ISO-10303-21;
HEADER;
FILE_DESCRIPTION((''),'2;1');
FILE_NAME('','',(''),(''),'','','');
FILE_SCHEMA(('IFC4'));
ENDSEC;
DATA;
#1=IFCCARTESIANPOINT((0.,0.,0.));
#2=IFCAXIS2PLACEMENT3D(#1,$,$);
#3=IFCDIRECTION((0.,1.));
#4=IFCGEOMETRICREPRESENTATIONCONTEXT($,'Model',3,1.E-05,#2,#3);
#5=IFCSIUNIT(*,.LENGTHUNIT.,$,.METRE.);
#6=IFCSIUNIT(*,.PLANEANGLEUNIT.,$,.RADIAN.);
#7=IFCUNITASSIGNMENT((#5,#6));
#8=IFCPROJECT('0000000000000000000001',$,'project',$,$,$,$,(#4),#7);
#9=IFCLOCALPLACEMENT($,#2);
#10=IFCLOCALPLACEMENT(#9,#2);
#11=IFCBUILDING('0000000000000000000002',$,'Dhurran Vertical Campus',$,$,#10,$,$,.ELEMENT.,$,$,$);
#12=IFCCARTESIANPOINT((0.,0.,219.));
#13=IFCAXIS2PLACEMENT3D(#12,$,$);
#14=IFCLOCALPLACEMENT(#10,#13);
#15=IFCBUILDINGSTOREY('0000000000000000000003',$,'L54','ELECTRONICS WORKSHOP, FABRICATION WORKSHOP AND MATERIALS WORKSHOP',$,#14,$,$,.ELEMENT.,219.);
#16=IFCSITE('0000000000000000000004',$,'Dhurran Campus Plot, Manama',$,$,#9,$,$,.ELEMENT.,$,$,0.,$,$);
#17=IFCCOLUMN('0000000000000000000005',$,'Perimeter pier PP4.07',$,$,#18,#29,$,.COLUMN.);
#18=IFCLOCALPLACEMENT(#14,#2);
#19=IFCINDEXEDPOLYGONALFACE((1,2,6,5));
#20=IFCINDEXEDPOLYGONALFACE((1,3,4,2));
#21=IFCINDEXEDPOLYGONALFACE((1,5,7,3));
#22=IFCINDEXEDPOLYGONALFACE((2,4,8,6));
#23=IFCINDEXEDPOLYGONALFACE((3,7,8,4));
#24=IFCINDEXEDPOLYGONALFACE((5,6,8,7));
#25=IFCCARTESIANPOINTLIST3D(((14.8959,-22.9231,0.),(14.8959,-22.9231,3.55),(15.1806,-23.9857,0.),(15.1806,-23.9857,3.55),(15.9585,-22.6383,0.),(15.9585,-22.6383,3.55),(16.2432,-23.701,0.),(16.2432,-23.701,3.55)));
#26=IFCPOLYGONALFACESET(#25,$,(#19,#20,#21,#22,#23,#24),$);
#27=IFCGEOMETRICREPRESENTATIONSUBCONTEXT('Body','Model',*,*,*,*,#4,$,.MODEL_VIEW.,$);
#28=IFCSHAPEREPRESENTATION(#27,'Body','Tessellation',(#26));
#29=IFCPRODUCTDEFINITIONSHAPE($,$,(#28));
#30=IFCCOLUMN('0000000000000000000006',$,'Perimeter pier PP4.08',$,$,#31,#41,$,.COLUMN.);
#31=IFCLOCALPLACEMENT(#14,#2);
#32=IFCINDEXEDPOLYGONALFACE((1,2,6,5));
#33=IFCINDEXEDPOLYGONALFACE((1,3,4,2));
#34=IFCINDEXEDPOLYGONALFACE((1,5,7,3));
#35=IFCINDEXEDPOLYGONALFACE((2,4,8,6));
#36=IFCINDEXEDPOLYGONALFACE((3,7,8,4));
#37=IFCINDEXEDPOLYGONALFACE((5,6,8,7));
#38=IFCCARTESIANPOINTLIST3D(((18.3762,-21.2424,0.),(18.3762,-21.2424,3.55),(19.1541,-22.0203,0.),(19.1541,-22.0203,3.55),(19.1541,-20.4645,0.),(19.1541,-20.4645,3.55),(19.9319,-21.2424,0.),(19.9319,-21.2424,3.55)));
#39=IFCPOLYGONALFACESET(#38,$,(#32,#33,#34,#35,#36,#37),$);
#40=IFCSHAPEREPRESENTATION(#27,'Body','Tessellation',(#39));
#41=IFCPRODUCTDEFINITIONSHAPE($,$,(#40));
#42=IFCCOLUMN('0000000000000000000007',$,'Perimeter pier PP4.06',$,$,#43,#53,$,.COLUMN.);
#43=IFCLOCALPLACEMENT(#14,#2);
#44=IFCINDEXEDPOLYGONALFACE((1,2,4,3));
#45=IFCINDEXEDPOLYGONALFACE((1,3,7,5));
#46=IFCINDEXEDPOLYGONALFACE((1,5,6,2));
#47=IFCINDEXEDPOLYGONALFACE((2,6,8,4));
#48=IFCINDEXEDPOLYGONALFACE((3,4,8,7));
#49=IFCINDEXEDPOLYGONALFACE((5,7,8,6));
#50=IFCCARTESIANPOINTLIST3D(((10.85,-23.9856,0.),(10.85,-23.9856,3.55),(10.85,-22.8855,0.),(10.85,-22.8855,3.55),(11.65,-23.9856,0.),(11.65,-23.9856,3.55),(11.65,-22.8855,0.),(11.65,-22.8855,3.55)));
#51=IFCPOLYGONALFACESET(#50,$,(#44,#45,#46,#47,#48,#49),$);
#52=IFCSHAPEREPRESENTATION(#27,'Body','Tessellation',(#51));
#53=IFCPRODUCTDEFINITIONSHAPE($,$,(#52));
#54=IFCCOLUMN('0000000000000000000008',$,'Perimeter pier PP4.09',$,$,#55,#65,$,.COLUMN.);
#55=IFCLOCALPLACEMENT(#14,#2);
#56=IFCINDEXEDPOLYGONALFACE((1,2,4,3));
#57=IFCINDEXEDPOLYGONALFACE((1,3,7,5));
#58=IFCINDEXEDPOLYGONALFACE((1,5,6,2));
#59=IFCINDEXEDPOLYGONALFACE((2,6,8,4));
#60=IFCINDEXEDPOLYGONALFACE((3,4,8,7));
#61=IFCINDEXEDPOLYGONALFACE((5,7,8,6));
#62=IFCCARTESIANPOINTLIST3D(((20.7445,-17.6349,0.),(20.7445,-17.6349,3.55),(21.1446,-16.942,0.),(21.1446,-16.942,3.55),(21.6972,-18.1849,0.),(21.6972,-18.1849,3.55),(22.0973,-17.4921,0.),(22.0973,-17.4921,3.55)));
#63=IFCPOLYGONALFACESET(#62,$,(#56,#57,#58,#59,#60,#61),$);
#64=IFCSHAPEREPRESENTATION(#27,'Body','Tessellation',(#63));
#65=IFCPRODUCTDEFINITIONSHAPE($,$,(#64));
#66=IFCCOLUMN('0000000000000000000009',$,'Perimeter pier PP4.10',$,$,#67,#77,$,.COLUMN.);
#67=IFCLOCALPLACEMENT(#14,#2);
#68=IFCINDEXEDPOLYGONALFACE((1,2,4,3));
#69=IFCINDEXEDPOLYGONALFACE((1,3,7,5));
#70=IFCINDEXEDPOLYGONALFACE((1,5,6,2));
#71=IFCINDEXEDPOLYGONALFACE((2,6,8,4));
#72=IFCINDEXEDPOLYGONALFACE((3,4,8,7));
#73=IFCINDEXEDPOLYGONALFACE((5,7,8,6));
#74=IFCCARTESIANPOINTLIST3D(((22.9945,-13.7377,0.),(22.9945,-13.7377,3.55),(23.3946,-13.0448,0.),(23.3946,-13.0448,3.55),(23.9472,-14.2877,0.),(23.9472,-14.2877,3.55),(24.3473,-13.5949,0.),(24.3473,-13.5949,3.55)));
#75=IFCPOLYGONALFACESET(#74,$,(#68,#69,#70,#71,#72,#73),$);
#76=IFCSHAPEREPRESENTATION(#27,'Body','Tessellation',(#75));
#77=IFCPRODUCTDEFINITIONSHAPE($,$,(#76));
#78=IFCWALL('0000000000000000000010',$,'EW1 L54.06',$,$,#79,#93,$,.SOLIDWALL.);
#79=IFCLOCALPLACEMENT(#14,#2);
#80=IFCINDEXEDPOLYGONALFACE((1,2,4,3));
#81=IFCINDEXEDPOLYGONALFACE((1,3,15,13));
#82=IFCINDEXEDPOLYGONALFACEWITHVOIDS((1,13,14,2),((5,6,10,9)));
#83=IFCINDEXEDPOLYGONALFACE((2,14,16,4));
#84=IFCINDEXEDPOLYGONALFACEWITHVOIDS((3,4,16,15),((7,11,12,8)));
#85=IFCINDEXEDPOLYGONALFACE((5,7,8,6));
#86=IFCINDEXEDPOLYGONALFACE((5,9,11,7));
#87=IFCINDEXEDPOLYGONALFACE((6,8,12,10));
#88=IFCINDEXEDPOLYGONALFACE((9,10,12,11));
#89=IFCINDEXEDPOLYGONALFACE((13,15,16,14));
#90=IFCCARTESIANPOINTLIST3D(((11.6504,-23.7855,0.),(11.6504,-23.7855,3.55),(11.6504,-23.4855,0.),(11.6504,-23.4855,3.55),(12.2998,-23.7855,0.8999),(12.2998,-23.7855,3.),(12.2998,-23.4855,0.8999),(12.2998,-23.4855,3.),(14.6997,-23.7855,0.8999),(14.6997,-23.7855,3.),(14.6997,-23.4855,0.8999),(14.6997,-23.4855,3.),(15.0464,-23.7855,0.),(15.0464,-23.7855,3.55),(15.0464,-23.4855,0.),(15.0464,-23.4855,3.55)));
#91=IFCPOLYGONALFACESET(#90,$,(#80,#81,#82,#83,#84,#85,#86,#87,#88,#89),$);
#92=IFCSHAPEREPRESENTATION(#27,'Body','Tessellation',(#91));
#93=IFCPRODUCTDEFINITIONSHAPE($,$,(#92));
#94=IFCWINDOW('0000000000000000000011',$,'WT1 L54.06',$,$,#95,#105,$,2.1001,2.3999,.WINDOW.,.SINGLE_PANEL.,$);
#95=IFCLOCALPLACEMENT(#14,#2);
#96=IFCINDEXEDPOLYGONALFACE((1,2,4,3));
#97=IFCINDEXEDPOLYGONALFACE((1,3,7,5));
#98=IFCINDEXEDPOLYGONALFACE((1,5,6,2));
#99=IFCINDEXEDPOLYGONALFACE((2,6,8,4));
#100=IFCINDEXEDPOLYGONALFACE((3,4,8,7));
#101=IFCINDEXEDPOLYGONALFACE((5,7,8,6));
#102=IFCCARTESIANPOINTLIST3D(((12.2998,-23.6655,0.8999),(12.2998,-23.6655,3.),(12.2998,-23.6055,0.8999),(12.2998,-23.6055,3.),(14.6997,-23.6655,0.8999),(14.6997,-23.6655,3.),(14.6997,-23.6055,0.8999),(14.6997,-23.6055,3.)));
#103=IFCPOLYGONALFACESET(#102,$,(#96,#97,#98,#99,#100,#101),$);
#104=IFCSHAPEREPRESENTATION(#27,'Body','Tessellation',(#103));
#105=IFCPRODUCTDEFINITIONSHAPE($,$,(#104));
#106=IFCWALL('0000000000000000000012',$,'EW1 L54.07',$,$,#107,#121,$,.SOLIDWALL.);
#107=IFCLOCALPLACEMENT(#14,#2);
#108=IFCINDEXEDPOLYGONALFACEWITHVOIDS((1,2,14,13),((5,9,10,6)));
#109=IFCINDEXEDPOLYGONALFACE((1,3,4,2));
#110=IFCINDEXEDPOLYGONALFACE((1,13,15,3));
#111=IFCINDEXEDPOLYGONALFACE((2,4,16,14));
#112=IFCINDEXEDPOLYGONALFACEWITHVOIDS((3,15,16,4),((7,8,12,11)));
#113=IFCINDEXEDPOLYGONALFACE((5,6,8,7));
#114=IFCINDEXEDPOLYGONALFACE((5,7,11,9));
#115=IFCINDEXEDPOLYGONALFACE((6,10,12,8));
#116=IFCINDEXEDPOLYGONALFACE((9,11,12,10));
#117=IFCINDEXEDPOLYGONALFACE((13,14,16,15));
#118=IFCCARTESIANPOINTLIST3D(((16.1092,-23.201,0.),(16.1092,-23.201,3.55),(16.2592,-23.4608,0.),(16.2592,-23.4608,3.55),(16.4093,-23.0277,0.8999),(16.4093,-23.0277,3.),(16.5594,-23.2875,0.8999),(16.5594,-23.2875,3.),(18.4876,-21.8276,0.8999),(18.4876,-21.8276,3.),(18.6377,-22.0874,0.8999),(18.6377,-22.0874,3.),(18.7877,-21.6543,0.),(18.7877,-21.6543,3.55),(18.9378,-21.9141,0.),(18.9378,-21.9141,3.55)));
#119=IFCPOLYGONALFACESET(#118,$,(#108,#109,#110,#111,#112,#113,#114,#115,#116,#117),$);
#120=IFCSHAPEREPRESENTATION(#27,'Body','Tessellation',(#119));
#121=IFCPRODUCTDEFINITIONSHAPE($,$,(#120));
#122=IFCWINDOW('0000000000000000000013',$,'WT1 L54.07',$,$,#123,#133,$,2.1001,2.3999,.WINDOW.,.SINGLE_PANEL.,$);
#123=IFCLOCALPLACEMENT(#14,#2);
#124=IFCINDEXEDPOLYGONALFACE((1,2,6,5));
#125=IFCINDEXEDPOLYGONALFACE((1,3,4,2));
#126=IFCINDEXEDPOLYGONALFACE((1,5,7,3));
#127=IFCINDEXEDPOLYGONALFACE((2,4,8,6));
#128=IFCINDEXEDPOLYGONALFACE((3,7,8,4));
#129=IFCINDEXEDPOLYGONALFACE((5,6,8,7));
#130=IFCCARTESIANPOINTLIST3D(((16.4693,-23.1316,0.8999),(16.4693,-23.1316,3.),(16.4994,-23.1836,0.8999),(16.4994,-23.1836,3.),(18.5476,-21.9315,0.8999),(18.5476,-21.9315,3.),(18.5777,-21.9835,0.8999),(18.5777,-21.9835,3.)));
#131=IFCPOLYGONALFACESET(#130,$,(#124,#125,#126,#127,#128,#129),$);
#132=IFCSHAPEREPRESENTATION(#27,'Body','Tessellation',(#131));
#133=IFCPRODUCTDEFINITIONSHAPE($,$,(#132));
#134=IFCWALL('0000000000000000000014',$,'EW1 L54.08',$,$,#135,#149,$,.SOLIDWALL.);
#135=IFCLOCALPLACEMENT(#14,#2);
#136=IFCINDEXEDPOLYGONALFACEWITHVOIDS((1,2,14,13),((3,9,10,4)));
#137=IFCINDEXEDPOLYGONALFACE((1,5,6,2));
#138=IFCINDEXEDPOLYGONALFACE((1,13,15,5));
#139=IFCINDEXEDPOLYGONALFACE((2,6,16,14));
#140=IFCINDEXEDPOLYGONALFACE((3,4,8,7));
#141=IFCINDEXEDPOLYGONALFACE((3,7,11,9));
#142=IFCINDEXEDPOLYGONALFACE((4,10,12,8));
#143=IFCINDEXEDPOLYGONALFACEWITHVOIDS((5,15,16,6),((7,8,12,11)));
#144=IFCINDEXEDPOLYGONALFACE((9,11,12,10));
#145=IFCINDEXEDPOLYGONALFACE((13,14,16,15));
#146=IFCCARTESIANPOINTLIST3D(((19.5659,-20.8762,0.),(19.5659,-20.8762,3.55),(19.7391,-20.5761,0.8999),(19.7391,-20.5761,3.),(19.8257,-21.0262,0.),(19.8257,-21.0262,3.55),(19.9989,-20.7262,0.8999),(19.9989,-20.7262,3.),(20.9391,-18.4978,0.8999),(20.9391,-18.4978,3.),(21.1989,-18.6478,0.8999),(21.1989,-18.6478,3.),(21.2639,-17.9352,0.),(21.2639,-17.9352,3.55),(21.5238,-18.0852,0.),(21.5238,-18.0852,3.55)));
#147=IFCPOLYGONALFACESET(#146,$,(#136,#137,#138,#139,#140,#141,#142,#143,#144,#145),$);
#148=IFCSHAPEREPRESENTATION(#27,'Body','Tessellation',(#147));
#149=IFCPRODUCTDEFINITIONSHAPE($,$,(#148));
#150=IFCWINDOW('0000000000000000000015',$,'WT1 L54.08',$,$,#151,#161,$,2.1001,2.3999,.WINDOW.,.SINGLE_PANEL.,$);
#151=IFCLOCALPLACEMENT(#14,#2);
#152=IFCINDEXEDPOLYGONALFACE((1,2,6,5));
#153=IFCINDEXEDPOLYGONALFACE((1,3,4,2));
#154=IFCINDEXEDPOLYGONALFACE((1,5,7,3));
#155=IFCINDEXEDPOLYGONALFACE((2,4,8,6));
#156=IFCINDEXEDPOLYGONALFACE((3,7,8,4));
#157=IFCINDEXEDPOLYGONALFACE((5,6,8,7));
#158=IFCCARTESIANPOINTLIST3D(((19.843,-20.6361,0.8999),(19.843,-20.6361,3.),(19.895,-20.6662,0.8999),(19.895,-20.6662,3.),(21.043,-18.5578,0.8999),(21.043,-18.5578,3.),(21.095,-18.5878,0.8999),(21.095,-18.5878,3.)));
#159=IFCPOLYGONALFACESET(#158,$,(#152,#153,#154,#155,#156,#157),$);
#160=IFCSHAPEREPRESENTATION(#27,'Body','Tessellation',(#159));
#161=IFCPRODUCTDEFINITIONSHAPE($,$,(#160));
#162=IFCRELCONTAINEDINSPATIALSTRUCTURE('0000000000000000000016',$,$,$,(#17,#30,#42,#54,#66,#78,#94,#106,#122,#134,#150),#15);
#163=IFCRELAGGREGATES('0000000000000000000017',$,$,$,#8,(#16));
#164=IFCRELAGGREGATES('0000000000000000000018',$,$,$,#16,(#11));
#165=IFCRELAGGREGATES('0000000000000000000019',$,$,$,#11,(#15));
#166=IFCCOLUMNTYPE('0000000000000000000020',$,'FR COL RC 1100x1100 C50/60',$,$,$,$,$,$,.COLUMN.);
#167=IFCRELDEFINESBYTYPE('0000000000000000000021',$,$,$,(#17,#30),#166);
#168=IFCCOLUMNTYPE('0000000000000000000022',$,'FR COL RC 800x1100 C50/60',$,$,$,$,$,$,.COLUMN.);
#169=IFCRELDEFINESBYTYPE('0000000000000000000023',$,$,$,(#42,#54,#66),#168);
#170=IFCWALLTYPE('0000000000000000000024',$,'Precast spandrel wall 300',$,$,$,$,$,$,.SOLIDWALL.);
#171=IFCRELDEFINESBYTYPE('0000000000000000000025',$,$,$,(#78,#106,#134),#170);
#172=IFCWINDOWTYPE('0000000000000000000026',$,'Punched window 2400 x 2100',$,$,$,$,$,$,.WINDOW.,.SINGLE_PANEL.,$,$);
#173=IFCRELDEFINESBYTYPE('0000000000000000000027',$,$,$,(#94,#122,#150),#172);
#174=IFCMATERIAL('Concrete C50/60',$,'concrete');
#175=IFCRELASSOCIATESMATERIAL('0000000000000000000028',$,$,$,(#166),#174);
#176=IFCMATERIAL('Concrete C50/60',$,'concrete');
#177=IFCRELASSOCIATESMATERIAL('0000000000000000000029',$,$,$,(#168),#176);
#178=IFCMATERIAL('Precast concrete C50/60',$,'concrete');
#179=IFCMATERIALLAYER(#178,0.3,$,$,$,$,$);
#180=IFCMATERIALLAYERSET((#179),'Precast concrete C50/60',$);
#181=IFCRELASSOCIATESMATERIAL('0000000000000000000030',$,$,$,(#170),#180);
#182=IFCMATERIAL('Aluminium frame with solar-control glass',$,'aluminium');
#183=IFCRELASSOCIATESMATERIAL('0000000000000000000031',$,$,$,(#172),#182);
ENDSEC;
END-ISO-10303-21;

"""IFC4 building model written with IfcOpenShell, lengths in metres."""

from ifc_helpers import new_model, si_unit, direction, frame, frame_2d, origin, origin_2d, place, context, subcontext, project, spatial, rectangle, extrude, material, layer, layer_set, material_profile, profile_set, type_object, element, fill, save


model = new_model("IFC4")

# Units and contexts
model_context = context("Model", 3, precision=1e-05, world=origin(), true_north=direction((0.0, 1.0)))
body_context = subcontext(model_context, "Body", "Model", "MODEL_VIEW")
ifc_project = project(units=[si_unit("LENGTHUNIT", "METRE"), si_unit("PLANEANGLEUNIT", "RADIAN")], contexts=[model_context])

# Site, building, storey
site_placement = place(None, origin())
site = spatial("IfcSite", under=ifc_project, at=site_placement, Name="Dhurran Campus Plot, Manama", CompositionType="ELEMENT", RefElevation=0.0)
building_placement = place(site_placement, origin())
building = spatial("IfcBuilding", under=site, at=building_placement, Name="Dhurran Vertical Campus", CompositionType="ELEMENT")
storey_placement = place(building_placement, frame((0.0, 0.0, 219.0)))
storey = spatial("IfcBuildingStorey", under=building, at=storey_placement, Name="L54", Description="ELECTRONICS WORKSHOP, FABRICATION WORKSHOP AND MATERIALS WORKSHOP", CompositionType="ELEMENT", Elevation=219.0)

# Columns
ifc_material_1 = material(Name="Concrete C50/60", Category="concrete")
ifc_material_profile_1 = material_profile(ifc_material_1, rectangle(XDim=1.1001, YDim=1.1001, at=origin_2d()), Name="RC 1100x1100")
ifc_profile_set_1 = profile_set([ifc_material_profile_1], Name="Concrete C50/60")
column_type_1 = type_object("IfcColumnType", Name="FR COL RC 1100x1100 C50/60", PredefinedType="COLUMN", material=ifc_profile_set_1)
for number, where, z_axis, x_axis, name in (
    (1, (15.5696, -23.312, 0.0), (0.0, 0.0, 1.0), (0.965926, 0.258819, 0.0), "Perimeter pier PP4.07"),
    (2, (19.1541, -21.2424, 0.0), (0.0, 0.0, 1.0), (0.707107, 0.707107, 0.0), "Perimeter pier PP4.08"),
):
    element("IfcColumn", number, at=place(storey_placement, frame(where, z_axis=z_axis, x_axis=x_axis)), inside=storey, type_object=column_type_1, Name=name, PredefinedType="COLUMN", context=body_context, shape_type="SweptSolid", body=[
        extrude(rectangle(XDim=1.1001, YDim=1.1001, at=origin_2d()), origin(), (0.0, 0.0, 1.0), 3.55),
    ])
ifc_material_2 = material(Name="Concrete C50/60", Category="concrete")
ifc_material_profile_2 = material_profile(ifc_material_2, rectangle(XDim=0.8, YDim=1.1001, at=origin_2d()), Name="RC 800x1100")
ifc_profile_set_2 = profile_set([ifc_material_profile_2], Name="Concrete C50/60")
column_type_2 = type_object("IfcColumnType", Name="FR COL RC 800x1100 C50/60", PredefinedType="COLUMN", material=ifc_profile_set_2)
for number, where, z_axis, x_axis, name in (
    (3, (11.25, -23.4355, 0.0), (0.0, 0.0, 1.0), (1.0, 0.0, 0.0), "Perimeter pier PP4.06"),
    (4, (21.4209, -17.5635, 0.0), (0.0, 0.0, 1.0), (0.5, 0.866025, 0.0), "Perimeter pier PP4.09"),
    (5, (23.6709, -13.6663, 0.0), (0.0, 0.0, 1.0), (0.5, 0.866025, 0.0), "Perimeter pier PP4.10"),
):
    element("IfcColumn", number, at=place(storey_placement, frame(where, z_axis=z_axis, x_axis=x_axis)), inside=storey, type_object=column_type_2, Name=name, PredefinedType="COLUMN", context=body_context, shape_type="SweptSolid", body=[
        extrude(rectangle(XDim=0.8, YDim=1.1001, at=origin_2d()), origin(), (0.0, 0.0, 1.0), 3.55),
    ])

# Walls, openings, windows
ifc_material_3 = material(Name="Precast concrete C50/60", Category="concrete")
ifc_layer_1 = layer(ifc_material_3, 0.3)
ifc_layer_set_1 = layer_set([ifc_layer_1], Name="Precast concrete C50/60")
wall_type_1 = type_object("IfcWallType", Name="Precast spandrel wall 300", PredefinedType="SOLIDWALL", material=ifc_layer_set_1)
wall_1_placement = place(storey_placement, frame((11.6504, -23.6355, 0.0), z_axis=(0.0, 0.0, 1.0), x_axis=(1.0, 0.0, 0.0)))
wall_1 = element("IfcWall", 6, at=wall_1_placement, inside=storey, type_object=wall_type_1, Name="EW1 L54.06", PredefinedType="SOLIDWALL", context=body_context, shape_type="SweptSolid", body=[
    extrude(rectangle(XDim=3.396, YDim=0.3, at=frame_2d((1.698, 0.0))), origin(), (0.0, 0.0, 1.0), 3.55),
])
opening_1_placement = place(wall_1_placement, frame((0.6494, 0.0, 0.8999)))
opening_1 = element("IfcOpeningElement", 7, at=opening_1_placement, cuts=wall_1, PredefinedType="OPENING", context=body_context, shape_type="SweptSolid", body=[
    extrude(rectangle(XDim=2.3999, YDim=2.1001, at=frame_2d((1.2, 1.05))), frame((0.0, 0.1599, 0.0), z_axis=(0.0, -1.0, 0.0), x_axis=(1.0, 0.0, 0.0)), (0.0, 0.0, 1.0), 0.3201),
])
ifc_material_4 = material(Name="Aluminium frame with solar-control glass", Category="aluminium")
window_type = type_object("IfcWindowType", Name="Punched window 2400 x 2100", PartitioningType="SINGLE_PANEL", PredefinedType="WINDOW", material=ifc_material_4)
window_1_placement = place(opening_1_placement, origin())
window_1 = element("IfcWindow", 8, at=window_1_placement, inside=storey, type_object=window_type, Name="WT1 L54.06", OverallHeight=2.1001, OverallWidth=2.3999, PartitioningType="SINGLE_PANEL", PredefinedType="WINDOW", context=body_context, shape_type="SweptSolid", body=[
    extrude(rectangle(XDim=2.3999, YDim=2.1001, at=frame_2d((1.2, 1.05))), frame((0.0, 0.03, 0.0), z_axis=(0.0, -1.0, 0.0), x_axis=(1.0, 0.0, 0.0)), (0.0, 0.0, 1.0), 0.0601),
])
fill(opening_1, window_1)
wall_2_placement = place(storey_placement, frame((16.1843, -23.3308, 0.0), z_axis=(0.0, 0.0, 1.0), x_axis=(0.865995, 0.500053, 0.0)))
wall_2 = element("IfcWall", 9, at=wall_2_placement, inside=storey, type_object=wall_type_1, Name="EW1 L54.07", PredefinedType="SOLIDWALL", context=body_context, shape_type="SweptSolid", body=[
    extrude(rectangle(XDim=3.093, YDim=0.3, at=frame_2d((1.5464, 0.0))), origin(), (0.0, 0.0, 1.0), 3.55),
])
opening_2_placement = place(wall_2_placement, frame((0.3464, 0.0, 0.8999)))
opening_2 = element("IfcOpeningElement", 10, at=opening_2_placement, cuts=wall_2, PredefinedType="OPENING", context=body_context, shape_type="SweptSolid", body=[
    extrude(rectangle(XDim=2.3999, YDim=2.1001, at=frame_2d((1.2, 1.05))), frame((0.0, 0.1599, 0.0), z_axis=(0.0, -1.0, 0.0), x_axis=(1.0, 0.0, 0.0)), (0.0, 0.0, 1.0), 0.3201),
])
window_2_placement = place(opening_2_placement, origin())
window_2 = element("IfcWindow", 11, at=window_2_placement, inside=storey, type_object=window_type, Name="WT1 L54.07", OverallHeight=2.1001, OverallWidth=2.3999, PartitioningType="SINGLE_PANEL", PredefinedType="WINDOW", context=body_context, shape_type="SweptSolid", body=[
    extrude(rectangle(XDim=2.3999, YDim=2.1001, at=frame_2d((1.2, 1.05))), frame((0.0, 0.03, 0.0), z_axis=(0.0, -1.0, 0.0), x_axis=(1.0, 0.0, 0.0)), (0.0, 0.0, 1.0), 0.0601),
])
fill(opening_2, window_2)
wall_3_placement = place(storey_placement, frame((19.6958, -20.9512, 0.0), z_axis=(0.0, 0.0, 1.0), x_axis=(0.500013, 0.866018, 0.0)))
wall_3 = element("IfcWall", 12, at=wall_3_placement, inside=storey, type_object=wall_type_1, Name="EW1 L54.08", PredefinedType="SOLIDWALL", context=body_context, shape_type="SweptSolid", body=[
    extrude(rectangle(XDim=3.396, YDim=0.3, at=frame_2d((1.698, 0.0))), origin(), (0.0, 0.0, 1.0), 3.55),
])
opening_3_placement = place(wall_3_placement, frame((0.3464, 0.0, 0.8999)))
opening_3 = element("IfcOpeningElement", 13, at=opening_3_placement, cuts=wall_3, PredefinedType="OPENING", context=body_context, shape_type="SweptSolid", body=[
    extrude(rectangle(XDim=2.3999, YDim=2.1001, at=frame_2d((1.2, 1.05))), frame((0.0, 0.1599, 0.0), z_axis=(0.0, -1.0, 0.0), x_axis=(1.0, 0.0, 0.0)), (0.0, 0.0, 1.0), 0.3201),
])
window_3_placement = place(opening_3_placement, origin())
window_3 = element("IfcWindow", 14, at=window_3_placement, inside=storey, type_object=window_type, Name="WT1 L54.08", OverallHeight=2.1001, OverallWidth=2.3999, PartitioningType="SINGLE_PANEL", PredefinedType="WINDOW", context=body_context, shape_type="SweptSolid", body=[
    extrude(rectangle(XDim=2.3999, YDim=2.1001, at=frame_2d((1.2, 1.05))), frame((0.0, 0.03, 0.0), z_axis=(0.0, -1.0, 0.0), x_axis=(1.0, 0.0, 0.0)), (0.0, 0.0, 1.0), 0.0601),
])
fill(opening_3, window_3)

save(model, "model.ifc")
